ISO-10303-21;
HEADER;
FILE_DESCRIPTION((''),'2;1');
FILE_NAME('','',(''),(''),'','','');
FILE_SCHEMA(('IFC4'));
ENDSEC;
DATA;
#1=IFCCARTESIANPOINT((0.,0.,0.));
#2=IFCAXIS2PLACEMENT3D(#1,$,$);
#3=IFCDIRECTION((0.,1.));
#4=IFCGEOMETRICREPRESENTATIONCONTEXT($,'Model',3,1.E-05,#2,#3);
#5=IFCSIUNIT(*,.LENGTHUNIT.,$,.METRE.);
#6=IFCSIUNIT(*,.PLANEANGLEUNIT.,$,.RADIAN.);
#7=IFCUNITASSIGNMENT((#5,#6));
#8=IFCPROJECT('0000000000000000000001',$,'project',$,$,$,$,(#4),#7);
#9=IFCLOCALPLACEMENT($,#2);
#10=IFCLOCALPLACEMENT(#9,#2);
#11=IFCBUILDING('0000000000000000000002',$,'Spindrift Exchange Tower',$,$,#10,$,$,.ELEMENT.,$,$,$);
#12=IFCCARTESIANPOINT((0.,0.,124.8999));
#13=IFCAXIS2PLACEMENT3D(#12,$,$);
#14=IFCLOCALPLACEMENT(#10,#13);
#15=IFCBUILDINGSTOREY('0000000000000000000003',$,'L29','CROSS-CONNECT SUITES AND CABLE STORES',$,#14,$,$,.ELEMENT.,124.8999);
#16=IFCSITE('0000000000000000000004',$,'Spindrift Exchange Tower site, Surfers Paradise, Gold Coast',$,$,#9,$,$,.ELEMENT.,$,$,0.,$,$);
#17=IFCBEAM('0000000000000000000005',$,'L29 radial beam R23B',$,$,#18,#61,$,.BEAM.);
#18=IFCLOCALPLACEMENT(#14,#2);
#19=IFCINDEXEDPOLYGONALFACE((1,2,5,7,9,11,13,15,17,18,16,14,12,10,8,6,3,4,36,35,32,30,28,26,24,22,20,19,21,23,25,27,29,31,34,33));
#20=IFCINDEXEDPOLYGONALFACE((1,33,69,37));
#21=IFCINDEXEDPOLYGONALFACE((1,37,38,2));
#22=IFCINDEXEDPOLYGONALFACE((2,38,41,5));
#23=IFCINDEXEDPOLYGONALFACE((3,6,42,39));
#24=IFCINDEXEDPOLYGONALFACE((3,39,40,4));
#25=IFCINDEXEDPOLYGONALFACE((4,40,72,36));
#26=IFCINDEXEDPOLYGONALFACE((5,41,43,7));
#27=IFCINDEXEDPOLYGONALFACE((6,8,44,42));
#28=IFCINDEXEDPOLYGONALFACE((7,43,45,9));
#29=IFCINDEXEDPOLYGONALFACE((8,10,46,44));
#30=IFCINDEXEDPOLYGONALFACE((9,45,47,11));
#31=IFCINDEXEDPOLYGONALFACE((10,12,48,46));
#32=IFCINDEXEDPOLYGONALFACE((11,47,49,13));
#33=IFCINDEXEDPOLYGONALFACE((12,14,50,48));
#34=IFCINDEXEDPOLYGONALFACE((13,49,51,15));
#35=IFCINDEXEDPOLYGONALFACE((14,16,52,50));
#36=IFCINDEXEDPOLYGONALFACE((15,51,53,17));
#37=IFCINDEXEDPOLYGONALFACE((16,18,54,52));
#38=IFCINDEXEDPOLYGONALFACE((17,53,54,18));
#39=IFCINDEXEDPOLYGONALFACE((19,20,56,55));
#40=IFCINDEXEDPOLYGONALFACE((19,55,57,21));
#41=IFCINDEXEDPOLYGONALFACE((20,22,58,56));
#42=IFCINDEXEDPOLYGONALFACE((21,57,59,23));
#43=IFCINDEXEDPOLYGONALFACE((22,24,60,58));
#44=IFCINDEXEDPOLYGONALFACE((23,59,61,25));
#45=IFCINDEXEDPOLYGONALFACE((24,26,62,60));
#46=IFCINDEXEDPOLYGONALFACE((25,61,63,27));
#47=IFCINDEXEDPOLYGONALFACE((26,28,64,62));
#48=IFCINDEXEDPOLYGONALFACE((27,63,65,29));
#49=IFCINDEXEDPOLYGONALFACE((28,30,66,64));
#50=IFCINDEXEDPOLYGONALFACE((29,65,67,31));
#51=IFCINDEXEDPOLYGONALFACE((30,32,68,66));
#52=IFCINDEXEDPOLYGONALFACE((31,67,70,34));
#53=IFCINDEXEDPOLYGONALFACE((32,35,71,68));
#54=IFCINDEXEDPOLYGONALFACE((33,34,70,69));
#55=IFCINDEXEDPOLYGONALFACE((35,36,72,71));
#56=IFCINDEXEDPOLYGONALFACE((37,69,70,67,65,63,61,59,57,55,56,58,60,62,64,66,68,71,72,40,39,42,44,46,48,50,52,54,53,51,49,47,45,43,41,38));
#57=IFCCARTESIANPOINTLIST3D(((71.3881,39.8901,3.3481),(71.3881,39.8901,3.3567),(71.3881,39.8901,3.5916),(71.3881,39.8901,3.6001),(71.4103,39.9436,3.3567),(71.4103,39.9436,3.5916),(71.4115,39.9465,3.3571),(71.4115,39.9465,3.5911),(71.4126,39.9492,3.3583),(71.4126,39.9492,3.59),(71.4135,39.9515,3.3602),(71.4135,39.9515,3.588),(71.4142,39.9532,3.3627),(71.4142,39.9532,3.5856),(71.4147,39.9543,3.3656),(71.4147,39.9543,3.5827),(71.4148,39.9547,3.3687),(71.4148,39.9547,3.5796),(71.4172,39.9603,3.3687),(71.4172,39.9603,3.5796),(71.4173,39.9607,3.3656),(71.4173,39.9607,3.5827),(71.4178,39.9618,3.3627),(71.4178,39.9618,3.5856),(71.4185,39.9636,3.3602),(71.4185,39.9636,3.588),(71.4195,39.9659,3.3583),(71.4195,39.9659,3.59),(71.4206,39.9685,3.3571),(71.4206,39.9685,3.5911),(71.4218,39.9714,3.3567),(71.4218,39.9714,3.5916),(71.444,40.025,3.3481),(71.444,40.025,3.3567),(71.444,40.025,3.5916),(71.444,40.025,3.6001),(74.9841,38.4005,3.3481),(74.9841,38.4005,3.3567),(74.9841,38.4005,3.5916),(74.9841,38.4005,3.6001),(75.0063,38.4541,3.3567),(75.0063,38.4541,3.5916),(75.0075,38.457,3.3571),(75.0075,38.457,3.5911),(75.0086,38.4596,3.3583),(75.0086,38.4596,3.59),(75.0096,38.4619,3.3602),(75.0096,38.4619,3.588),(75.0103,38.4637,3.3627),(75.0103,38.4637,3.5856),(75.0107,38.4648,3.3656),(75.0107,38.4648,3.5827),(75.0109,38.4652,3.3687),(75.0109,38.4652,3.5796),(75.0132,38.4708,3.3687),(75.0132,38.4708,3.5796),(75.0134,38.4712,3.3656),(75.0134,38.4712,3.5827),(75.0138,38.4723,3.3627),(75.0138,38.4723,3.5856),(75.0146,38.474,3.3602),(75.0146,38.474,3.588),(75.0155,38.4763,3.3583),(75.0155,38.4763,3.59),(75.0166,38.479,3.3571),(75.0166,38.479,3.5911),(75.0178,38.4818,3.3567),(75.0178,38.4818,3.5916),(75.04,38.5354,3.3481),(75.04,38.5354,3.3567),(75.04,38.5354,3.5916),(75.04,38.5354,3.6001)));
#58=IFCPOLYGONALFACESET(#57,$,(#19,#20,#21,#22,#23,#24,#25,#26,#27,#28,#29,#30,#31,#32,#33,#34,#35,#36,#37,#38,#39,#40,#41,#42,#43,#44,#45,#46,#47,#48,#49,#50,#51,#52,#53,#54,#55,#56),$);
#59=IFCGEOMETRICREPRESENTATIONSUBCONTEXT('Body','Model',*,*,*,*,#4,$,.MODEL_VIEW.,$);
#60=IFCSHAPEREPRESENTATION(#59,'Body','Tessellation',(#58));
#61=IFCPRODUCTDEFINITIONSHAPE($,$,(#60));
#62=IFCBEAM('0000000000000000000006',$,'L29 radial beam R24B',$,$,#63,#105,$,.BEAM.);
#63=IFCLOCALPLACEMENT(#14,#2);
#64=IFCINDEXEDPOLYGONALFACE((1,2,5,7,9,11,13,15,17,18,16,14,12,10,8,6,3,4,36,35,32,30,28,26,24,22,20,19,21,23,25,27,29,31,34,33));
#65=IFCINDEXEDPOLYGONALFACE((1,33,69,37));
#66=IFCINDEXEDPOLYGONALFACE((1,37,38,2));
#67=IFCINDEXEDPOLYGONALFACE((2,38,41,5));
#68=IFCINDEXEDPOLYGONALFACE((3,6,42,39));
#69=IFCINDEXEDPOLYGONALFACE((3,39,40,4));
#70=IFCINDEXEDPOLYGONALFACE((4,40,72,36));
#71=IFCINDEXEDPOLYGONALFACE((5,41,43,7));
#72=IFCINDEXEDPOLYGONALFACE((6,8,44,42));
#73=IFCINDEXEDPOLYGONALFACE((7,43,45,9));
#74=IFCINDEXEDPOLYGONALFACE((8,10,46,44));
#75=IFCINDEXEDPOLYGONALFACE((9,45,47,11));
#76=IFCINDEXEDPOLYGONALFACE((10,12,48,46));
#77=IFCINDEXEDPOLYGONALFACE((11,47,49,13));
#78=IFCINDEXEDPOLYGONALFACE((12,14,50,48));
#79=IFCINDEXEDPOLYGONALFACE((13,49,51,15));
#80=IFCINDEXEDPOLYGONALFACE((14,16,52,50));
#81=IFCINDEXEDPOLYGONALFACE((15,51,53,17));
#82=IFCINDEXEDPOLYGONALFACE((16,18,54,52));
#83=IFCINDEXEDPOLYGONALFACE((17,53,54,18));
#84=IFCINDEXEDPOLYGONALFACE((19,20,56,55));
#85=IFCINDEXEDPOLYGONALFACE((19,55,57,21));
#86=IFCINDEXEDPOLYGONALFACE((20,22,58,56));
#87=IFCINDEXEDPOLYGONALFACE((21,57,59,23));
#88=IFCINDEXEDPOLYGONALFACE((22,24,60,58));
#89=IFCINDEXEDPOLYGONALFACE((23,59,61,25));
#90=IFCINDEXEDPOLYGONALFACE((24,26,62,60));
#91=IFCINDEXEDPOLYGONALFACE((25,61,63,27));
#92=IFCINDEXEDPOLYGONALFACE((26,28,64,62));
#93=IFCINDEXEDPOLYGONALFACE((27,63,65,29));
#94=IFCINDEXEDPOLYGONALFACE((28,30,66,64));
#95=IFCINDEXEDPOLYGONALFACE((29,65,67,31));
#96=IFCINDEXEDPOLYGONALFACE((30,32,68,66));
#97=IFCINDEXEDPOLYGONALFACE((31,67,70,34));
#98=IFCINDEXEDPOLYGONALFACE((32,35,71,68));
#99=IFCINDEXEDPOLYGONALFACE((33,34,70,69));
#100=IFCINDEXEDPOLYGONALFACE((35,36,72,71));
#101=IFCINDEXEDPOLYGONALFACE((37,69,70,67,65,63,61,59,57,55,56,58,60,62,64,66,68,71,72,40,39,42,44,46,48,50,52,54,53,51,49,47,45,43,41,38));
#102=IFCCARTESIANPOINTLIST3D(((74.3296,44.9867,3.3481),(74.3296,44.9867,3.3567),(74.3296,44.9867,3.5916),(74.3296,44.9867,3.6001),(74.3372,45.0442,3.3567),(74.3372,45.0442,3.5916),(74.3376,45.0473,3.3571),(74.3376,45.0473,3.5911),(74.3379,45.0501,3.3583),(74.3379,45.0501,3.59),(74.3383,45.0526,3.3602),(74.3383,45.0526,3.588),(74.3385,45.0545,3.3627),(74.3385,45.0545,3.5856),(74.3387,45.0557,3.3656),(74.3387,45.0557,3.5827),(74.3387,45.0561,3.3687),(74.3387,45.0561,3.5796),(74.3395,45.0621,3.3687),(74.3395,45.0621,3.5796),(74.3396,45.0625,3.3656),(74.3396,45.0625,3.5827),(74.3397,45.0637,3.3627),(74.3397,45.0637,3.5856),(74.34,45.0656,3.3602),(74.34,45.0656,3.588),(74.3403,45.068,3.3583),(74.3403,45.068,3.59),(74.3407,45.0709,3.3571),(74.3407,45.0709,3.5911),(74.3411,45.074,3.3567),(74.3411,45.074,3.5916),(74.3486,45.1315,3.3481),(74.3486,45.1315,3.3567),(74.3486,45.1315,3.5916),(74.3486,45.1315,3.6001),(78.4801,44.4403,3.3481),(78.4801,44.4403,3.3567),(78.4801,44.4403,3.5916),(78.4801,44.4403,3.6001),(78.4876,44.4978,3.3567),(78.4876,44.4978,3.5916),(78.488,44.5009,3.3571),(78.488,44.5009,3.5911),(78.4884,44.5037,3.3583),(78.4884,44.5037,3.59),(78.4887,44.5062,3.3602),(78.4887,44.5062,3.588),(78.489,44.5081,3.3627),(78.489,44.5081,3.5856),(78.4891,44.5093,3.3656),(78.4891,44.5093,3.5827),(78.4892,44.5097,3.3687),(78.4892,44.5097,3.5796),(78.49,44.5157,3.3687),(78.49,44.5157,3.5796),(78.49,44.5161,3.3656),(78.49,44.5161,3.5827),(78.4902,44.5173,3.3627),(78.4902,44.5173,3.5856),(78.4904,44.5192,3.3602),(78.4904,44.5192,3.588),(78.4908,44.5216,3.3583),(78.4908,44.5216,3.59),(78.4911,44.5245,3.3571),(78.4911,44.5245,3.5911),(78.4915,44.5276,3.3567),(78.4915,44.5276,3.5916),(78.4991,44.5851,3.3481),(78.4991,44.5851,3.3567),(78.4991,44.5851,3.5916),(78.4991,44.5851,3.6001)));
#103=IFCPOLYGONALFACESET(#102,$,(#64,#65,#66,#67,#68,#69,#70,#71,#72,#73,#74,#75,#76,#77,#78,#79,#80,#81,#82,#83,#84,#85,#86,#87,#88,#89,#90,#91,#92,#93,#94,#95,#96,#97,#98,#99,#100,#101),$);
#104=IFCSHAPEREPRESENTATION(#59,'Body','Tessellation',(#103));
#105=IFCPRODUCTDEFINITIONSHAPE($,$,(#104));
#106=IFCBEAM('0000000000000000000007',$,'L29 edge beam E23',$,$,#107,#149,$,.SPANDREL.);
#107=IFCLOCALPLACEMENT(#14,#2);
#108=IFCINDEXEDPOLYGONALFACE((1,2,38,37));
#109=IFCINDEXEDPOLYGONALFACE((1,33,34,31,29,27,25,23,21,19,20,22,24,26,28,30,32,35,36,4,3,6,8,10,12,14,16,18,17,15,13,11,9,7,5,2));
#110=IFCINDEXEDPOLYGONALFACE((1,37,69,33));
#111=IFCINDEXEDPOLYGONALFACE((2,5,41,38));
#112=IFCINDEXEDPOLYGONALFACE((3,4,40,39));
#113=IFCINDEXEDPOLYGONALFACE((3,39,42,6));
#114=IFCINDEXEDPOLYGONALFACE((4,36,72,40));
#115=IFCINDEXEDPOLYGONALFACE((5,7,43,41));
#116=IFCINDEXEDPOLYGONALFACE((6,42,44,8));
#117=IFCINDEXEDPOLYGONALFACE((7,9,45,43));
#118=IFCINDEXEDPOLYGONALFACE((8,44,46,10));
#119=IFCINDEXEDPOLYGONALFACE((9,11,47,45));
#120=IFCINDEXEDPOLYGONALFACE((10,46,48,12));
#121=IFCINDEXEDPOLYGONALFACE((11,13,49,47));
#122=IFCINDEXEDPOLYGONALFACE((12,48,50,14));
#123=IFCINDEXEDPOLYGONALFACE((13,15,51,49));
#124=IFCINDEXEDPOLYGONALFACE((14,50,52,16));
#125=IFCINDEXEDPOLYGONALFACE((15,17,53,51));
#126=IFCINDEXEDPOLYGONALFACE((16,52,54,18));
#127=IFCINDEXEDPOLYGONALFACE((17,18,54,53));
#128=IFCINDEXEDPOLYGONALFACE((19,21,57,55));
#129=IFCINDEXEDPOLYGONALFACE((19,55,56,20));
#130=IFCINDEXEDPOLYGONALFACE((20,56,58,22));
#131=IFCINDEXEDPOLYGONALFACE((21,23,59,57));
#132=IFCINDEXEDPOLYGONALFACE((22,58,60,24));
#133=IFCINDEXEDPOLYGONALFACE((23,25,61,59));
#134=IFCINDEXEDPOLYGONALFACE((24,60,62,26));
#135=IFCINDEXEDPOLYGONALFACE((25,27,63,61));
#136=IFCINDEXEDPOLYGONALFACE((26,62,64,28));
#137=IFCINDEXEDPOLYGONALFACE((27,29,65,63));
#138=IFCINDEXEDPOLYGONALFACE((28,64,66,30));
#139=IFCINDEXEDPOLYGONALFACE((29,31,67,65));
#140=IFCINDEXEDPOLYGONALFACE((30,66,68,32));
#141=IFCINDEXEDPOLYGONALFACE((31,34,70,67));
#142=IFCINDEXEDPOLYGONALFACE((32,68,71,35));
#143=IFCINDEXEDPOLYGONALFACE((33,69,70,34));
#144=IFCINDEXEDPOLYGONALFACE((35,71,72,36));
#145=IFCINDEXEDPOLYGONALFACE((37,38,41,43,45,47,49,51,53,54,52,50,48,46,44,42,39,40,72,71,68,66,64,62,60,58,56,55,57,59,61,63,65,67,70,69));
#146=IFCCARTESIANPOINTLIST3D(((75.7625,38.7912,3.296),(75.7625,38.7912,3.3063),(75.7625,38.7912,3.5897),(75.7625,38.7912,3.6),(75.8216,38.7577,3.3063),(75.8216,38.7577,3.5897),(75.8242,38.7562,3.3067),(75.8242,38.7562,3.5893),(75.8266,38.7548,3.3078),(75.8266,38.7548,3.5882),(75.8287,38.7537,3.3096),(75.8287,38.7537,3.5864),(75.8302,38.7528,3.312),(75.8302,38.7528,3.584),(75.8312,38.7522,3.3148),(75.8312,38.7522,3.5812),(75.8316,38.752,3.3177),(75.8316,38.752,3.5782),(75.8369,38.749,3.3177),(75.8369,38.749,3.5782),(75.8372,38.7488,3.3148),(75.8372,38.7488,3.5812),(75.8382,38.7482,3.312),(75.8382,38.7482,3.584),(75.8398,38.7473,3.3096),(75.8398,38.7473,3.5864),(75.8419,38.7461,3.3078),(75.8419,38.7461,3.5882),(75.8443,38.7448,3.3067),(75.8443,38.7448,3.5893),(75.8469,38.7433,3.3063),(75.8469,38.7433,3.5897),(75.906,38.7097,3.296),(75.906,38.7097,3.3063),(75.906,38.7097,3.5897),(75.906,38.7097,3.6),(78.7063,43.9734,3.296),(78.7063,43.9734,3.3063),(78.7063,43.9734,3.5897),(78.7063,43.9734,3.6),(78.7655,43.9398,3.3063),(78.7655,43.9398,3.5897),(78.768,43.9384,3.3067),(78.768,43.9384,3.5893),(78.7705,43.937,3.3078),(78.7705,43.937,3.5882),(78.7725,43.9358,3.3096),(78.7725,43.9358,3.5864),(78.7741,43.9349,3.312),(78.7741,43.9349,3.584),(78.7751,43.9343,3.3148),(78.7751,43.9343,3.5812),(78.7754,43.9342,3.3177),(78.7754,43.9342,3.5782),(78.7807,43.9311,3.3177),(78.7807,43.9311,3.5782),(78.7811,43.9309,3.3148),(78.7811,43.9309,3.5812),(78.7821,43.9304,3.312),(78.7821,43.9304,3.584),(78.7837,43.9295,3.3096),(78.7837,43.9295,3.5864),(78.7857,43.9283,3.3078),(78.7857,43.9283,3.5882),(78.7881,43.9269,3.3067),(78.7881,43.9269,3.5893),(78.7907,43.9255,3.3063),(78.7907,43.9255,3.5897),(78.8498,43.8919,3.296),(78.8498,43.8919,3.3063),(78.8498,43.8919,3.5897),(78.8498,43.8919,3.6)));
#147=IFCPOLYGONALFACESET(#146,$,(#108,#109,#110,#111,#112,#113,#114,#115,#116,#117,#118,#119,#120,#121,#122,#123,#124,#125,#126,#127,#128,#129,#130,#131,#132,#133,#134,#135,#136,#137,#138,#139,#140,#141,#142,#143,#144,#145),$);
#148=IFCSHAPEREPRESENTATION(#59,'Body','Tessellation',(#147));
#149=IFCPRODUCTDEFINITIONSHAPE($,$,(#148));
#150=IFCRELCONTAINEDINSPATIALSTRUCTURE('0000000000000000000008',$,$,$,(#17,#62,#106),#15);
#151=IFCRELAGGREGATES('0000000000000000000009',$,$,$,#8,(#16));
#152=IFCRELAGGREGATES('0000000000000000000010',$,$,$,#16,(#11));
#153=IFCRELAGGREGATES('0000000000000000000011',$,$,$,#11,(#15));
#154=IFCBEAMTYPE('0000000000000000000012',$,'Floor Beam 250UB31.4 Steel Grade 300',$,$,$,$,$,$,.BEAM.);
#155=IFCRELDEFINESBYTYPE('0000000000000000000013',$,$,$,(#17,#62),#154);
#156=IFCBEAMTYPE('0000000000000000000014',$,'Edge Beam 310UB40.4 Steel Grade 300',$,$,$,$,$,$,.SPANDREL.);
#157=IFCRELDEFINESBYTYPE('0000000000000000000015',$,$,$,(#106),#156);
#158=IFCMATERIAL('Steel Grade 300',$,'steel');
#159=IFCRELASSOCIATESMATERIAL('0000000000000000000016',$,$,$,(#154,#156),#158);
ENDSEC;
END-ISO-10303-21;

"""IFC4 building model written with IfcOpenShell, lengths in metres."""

from ifc_helpers import new_model, si_unit, direction, frame, origin, origin_2d, place, context, subcontext, project, spatial, i_section, extrude, source, transform, mapped, material, material_profile, profile_set, type_object, element, save


model = new_model("IFC4")

# Units and contexts
model_context = context("Model", 3, precision=1e-05, world=origin(), true_north=direction((0.0, 1.0)))
body_context = subcontext(model_context, "Body", "Model", "MODEL_VIEW")
ifc_project = project(units=[si_unit("LENGTHUNIT", "METRE"), si_unit("PLANEANGLEUNIT", "RADIAN")], contexts=[model_context])

# Site, building, storey
site_placement = place(None, origin())
site = spatial("IfcSite", under=ifc_project, at=site_placement, Name="Spindrift Exchange Tower site, Surfers Paradise, Gold Coast", CompositionType="ELEMENT", RefElevation=0.0)
building_placement = place(site_placement, origin())
building = spatial("IfcBuilding", under=site, at=building_placement, Name="Spindrift Exchange Tower", CompositionType="ELEMENT")
storey_placement = place(building_placement, frame((0.0, 0.0, 124.8999)))
storey = spatial("IfcBuildingStorey", under=building, at=storey_placement, Name="L29", Description="CROSS-CONNECT SUITES AND CABLE STORES", CompositionType="ELEMENT", Elevation=124.8999)

# Beams
ifc_material_1 = material(Name="Steel Grade 300", Category="steel")
ifc_material_profile_1 = material_profile(ifc_material_1, i_section(OverallWidth=0.146, OverallDepth=0.252, WebThickness=0.0061, FlangeThickness=0.0085, FilletRadius=0.012, at=origin_2d()), Name="250UB31.4")
ifc_profile_set_1 = profile_set([ifc_material_profile_1], Name="Steel Grade 300")
beam_type_1 = type_object("IfcBeamType", Name="Floor Beam 250UB31.4 Steel Grade 300", PredefinedType="BEAM", material=ifc_profile_set_1)
shared_shape_1 = source(origin(), body_context, "Body", "SweptSolid", [
    extrude(i_section(OverallWidth=0.146, OverallDepth=0.252, WebThickness=0.0061, FlangeThickness=0.0085, FilletRadius=0.012, at=origin_2d()), origin(), (0.0, 0.0, 1.0), 3.8923),
])
beam_1_placement = place(storey_placement, frame((71.416, 39.9575, 3.4741), z_axis=(0.923878, -0.382686, 0.0), x_axis=(0.382686, 0.923878, 0.0)))
element("IfcBeam", 1, at=beam_1_placement, inside=storey, type_object=beam_type_1, Name="L29 radial beam R23B", PredefinedType="BEAM", context=body_context, shape_type="MappedRepresentation", body=[
    mapped(shared_shape_1, transform((0.0, 0.0, 0.0), scale=1.0)),
])
shared_shape_2 = source(origin(), body_context, "Body", "SweptSolid", [
    extrude(i_section(OverallWidth=0.146, OverallDepth=0.252, WebThickness=0.0061, FlangeThickness=0.0085, FilletRadius=0.012, at=origin_2d()), origin(), (0.0, 0.0, 1.0), 4.1863),
])
beam_2_placement = place(storey_placement, frame((74.3391, 45.0591, 3.4741), z_axis=(0.991446, -0.130521, 0.0), x_axis=(0.130521, 0.991446, 0.0)))
element("IfcBeam", 2, at=beam_2_placement, inside=storey, type_object=beam_type_1, Name="L29 radial beam R24B", PredefinedType="BEAM", context=body_context, shape_type="MappedRepresentation", body=[
    mapped(shared_shape_2, transform((0.0, 0.0, 0.0), scale=1.0)),
])
ifc_material_profile_2 = material_profile(ifc_material_1, i_section(OverallWidth=0.165, OverallDepth=0.304, WebThickness=0.0061, FlangeThickness=0.0103, FilletRadius=0.0115, at=origin_2d()), Name="310UB40.4")
ifc_profile_set_2 = profile_set([ifc_material_profile_2], Name="Steel Grade 300")
beam_type_2 = type_object("IfcBeamType", Name="Edge Beam 310UB40.4 Steel Grade 300", PredefinedType="SPANDREL", material=ifc_profile_set_2)
shared_shape_3 = source(origin(), body_context, "Body", "SweptSolid", [
    extrude(i_section(OverallWidth=0.165, OverallDepth=0.304, WebThickness=0.0061, FlangeThickness=0.0103, FilletRadius=0.0115, at=origin_2d()), origin(), (0.0, 0.0, 1.0), 5.96),
])
beam_3_placement = place(storey_placement, frame((75.8342, 38.7505, 3.448), z_axis=(0.49394, 0.869496, 0.0), x_axis=(-0.869496, 0.49394, 0.0)))
element("IfcBeam", 3, at=beam_3_placement, inside=storey, type_object=beam_type_2, Name="L29 edge beam E23", PredefinedType="SPANDREL", context=body_context, shape_type="MappedRepresentation", body=[
    mapped(shared_shape_3, transform((0.0, 0.0, 0.0), scale=1.0)),
])

save(model, "model.ifc")
